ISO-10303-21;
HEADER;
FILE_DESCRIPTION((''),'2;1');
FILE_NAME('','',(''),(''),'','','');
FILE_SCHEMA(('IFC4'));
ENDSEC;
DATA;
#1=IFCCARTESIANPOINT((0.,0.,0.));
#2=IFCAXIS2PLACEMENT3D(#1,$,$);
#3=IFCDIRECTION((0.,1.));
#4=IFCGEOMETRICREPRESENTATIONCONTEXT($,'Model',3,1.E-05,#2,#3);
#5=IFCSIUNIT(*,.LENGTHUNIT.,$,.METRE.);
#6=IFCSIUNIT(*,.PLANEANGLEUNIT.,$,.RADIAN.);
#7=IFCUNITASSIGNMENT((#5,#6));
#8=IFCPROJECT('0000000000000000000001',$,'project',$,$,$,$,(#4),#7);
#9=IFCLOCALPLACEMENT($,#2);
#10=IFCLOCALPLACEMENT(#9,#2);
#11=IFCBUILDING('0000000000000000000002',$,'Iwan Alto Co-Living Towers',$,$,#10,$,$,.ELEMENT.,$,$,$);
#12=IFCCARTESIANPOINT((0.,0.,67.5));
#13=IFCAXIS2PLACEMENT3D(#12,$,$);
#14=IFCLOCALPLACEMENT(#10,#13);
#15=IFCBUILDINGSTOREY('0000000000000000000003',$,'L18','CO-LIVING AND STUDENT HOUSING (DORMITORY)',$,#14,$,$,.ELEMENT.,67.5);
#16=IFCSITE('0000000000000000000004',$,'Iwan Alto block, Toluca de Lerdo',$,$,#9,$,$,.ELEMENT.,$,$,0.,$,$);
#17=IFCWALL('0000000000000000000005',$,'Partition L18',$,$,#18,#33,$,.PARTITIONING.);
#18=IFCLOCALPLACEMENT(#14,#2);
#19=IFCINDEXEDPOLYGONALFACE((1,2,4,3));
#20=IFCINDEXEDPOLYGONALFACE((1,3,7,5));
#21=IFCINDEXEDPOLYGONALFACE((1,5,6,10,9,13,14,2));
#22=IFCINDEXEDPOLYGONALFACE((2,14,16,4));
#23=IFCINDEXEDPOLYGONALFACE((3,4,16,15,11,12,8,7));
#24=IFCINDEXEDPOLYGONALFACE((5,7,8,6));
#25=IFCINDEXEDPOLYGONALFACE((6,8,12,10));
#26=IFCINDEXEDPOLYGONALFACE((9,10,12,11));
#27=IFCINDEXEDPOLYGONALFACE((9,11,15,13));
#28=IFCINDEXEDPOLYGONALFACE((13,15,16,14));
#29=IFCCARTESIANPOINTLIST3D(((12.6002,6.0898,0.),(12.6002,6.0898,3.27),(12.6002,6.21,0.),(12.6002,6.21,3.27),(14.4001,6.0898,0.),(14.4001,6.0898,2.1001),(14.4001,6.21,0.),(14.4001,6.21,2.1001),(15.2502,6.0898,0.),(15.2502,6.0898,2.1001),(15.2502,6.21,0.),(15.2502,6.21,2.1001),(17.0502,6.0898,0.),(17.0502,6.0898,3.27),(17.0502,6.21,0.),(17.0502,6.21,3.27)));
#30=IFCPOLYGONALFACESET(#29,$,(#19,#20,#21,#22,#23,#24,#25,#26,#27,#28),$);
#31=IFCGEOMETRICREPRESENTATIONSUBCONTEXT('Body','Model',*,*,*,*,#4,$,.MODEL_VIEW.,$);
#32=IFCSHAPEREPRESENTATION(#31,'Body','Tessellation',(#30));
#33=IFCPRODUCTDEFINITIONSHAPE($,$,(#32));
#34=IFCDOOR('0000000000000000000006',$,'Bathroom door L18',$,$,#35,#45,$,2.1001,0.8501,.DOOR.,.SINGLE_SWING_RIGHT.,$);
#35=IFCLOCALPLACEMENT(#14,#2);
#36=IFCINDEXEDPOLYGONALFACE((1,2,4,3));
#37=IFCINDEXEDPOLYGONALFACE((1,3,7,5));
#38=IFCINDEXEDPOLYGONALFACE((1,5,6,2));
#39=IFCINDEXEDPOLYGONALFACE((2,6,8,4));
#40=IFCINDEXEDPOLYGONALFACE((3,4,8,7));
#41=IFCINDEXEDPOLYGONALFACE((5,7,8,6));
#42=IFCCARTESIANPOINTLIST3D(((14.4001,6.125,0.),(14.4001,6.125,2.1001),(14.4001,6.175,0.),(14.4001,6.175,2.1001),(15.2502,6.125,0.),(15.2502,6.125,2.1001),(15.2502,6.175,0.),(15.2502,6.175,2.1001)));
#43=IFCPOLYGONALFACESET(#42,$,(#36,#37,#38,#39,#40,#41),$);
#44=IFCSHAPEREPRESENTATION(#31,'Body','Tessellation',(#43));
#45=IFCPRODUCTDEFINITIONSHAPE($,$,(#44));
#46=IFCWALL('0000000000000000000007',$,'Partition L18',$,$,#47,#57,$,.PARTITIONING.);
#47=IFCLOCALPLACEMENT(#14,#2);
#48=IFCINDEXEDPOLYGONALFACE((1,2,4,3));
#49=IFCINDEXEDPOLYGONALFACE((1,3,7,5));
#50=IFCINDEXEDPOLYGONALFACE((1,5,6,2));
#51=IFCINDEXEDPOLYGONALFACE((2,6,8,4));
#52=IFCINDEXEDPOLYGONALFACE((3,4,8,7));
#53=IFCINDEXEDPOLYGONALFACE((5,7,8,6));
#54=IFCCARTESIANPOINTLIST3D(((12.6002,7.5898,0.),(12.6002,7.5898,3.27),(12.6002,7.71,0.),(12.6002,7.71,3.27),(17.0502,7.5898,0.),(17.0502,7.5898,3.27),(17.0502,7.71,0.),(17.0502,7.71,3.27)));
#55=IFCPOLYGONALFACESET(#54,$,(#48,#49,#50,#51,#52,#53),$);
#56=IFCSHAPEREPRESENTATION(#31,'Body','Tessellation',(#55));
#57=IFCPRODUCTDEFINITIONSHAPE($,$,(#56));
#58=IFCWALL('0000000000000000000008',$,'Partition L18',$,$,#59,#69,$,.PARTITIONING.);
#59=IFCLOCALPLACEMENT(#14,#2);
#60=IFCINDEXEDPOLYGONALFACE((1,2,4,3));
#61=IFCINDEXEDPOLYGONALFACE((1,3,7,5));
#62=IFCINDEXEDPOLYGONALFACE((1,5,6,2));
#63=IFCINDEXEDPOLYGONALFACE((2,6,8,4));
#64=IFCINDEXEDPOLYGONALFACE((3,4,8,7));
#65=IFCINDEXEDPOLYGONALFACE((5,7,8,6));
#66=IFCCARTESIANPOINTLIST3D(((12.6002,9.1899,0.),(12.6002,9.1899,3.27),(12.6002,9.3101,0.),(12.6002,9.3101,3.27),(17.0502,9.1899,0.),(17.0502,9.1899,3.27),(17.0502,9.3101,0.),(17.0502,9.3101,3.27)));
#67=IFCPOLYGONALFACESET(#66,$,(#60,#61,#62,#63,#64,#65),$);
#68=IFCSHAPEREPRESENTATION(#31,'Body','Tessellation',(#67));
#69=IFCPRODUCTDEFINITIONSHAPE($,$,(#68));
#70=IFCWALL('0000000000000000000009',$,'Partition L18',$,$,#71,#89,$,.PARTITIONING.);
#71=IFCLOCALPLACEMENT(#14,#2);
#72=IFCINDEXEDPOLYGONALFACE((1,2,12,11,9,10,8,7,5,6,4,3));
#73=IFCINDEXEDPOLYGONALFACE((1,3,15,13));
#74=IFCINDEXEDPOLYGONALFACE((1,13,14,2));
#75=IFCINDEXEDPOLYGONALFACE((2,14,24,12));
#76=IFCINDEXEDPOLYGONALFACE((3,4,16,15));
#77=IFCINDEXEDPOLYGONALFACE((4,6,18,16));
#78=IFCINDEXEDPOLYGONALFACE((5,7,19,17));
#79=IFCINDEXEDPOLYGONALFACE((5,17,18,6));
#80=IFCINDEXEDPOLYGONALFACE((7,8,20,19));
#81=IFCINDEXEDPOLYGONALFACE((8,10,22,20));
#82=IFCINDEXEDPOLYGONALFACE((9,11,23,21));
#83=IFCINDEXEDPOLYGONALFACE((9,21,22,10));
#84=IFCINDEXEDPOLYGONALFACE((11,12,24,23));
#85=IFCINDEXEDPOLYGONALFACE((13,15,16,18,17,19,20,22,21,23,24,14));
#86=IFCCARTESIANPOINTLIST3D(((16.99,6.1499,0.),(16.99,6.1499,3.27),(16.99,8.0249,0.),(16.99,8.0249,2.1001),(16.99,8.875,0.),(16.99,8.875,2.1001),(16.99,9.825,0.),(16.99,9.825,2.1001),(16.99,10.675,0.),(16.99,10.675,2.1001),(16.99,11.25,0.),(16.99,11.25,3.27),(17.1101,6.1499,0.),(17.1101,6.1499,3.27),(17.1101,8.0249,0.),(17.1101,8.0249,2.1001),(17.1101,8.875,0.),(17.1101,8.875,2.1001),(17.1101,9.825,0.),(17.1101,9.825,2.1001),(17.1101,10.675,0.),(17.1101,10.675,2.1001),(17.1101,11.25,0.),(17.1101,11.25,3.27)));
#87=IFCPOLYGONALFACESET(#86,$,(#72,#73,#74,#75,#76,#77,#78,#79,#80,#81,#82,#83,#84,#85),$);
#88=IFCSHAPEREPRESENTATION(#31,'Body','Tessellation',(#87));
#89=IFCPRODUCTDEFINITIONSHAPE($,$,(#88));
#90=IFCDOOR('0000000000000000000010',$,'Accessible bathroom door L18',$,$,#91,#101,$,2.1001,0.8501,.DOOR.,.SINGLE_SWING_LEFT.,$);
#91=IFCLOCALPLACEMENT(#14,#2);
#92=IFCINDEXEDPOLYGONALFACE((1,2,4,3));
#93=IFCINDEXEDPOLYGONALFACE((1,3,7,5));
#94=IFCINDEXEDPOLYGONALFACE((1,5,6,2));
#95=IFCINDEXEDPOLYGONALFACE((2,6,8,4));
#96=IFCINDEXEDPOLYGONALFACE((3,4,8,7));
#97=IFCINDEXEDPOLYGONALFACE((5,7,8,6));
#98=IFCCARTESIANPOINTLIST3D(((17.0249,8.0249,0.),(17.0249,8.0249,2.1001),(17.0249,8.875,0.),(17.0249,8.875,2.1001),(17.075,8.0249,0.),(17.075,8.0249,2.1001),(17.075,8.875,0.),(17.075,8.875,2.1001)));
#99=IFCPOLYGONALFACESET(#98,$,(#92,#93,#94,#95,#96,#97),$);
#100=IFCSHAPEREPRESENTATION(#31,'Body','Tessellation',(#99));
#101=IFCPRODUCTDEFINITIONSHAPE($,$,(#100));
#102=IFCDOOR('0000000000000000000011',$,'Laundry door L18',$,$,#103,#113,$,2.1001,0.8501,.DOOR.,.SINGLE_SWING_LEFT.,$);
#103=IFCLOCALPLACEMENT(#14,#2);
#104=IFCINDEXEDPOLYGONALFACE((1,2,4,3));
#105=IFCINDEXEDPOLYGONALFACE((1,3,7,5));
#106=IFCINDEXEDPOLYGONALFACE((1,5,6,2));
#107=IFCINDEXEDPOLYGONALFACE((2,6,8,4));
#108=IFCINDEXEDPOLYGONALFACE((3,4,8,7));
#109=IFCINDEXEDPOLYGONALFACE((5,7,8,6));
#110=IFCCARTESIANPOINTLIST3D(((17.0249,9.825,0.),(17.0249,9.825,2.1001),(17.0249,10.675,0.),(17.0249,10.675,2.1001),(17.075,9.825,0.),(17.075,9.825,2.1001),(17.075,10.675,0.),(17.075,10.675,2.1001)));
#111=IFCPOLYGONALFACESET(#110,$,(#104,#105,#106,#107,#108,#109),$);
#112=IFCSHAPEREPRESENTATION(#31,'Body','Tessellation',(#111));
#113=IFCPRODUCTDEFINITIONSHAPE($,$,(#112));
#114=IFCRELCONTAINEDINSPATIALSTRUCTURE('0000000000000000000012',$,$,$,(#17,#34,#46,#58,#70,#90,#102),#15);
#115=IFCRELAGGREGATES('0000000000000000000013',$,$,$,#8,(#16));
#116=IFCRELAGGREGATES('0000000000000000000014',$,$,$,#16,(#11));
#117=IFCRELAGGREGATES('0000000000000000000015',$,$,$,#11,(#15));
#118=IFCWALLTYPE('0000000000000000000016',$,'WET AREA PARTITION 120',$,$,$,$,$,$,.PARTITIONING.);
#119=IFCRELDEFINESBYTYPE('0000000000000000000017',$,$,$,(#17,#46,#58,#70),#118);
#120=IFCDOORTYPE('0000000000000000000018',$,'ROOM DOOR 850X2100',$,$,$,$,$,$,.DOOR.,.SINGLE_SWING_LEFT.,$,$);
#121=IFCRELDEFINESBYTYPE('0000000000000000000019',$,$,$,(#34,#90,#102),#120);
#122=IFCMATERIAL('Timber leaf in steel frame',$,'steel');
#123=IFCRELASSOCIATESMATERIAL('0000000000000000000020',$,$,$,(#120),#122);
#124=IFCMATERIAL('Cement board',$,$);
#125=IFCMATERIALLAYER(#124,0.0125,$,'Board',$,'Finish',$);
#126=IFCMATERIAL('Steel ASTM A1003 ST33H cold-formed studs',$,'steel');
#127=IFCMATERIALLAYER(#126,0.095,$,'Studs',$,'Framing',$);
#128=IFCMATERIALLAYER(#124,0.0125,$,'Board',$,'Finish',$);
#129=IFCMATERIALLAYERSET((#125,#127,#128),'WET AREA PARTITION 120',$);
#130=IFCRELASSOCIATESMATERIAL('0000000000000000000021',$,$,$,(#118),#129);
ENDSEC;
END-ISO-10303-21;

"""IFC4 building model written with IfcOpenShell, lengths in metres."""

from ifc_helpers import new_model, si_unit, direction, frame, frame_2d, origin, place, context, subcontext, project, spatial, rectangle, extrude, material, layer, layer_set, type_object, element, fill, save


model = new_model("IFC4")

# Units and contexts
model_context = context("Model", 3, precision=1e-05, world=origin(), true_north=direction((0.0, 1.0)))
body_context = subcontext(model_context, "Body", "Model", "MODEL_VIEW")
ifc_project = project(units=[si_unit("LENGTHUNIT", "METRE"), si_unit("PLANEANGLEUNIT", "RADIAN")], contexts=[model_context])

# Site, building, storey
site_placement = place(None, origin())
site = spatial("IfcSite", under=ifc_project, at=site_placement, Name="Iwan Alto block, Toluca de Lerdo", CompositionType="ELEMENT", RefElevation=0.0)
building_placement = place(site_placement, origin())
building = spatial("IfcBuilding", under=site, at=building_placement, Name="Iwan Alto Co-Living Towers", CompositionType="ELEMENT")
storey_placement = place(building_placement, frame((0.0, 0.0, 67.5)))
storey = spatial("IfcBuildingStorey", under=building, at=storey_placement, Name="L18", Description="CO-LIVING AND STUDENT HOUSING (DORMITORY)", CompositionType="ELEMENT", Elevation=67.5)

# Shared definitions
ifc_material_1 = material(Name="Steel ASTM A1003 ST33H cold-formed studs", Category="steel")

# Shared definitions
ifc_material_2 = material(Name="Timber leaf in steel frame", Category="steel")
door_type = type_object("IfcDoorType", Name="ROOM DOOR 850X2100", OperationType="SINGLE_SWING_LEFT", PredefinedType="DOOR", material=ifc_material_2)

# Wall, opening, door
ifc_material_3 = material(Name="Cement board")
ifc_layer_1 = layer(ifc_material_3, 0.0125, Name="Board", Category="Finish")
ifc_layer_2 = layer(ifc_material_1, 0.095, Name="Studs", Category="Framing")
ifc_layer_3 = layer(ifc_material_3, 0.0125, Name="Board", Category="Finish")
ifc_layer_set_1 = layer_set([ifc_layer_1, ifc_layer_2, ifc_layer_3], Name="WET AREA PARTITION 120")
wall_type_1 = type_object("IfcWallType", Name="WET AREA PARTITION 120", PredefinedType="PARTITIONING", material=ifc_layer_set_1)
wall_1_placement = place(storey_placement, frame((12.6001, 6.1499, 0.0), z_axis=(0.0, 0.0, 1.0), x_axis=(1.0, 0.0, 0.0)))
wall_1 = element("IfcWall", 1, at=wall_1_placement, inside=storey, type_object=wall_type_1, Name="Partition L18", PredefinedType="PARTITIONING", context=body_context, shape_type="SweptSolid", body=[
    extrude(rectangle(XDim=4.45, YDim=0.1201, at=frame_2d((2.2251, 0.0))), origin(), (0.0, 0.0, 1.0), 3.27),
])
opening_1_placement = place(wall_1_placement, frame((1.8, 0.0, 0.0)))
opening_1 = element("IfcOpeningElement", 2, at=opening_1_placement, cuts=wall_1, PredefinedType="OPENING", context=body_context, shape_type="SweptSolid", body=[
    extrude(rectangle(XDim=0.8501, YDim=2.1001, at=frame_2d((0.425, 1.05))), frame((0.0, 0.0701, 0.0), z_axis=(0.0, -1.0, 0.0), x_axis=(1.0, 0.0, 0.0)), (0.0, 0.0, 1.0), 0.1401),
])
door_1_placement = place(opening_1_placement, frame((0.8501, 0.0, 0.0), z_axis=(0.0, 0.0, 1.0), x_axis=(-1.0, 0.0, 0.0)))
door_1 = element("IfcDoor", 3, at=door_1_placement, inside=storey, type_object=door_type, Name="Bathroom door L18", OperationType="SINGLE_SWING_RIGHT", OverallHeight=2.1001, OverallWidth=0.8501, PredefinedType="DOOR", context=body_context, shape_type="SweptSolid", body=[
    extrude(rectangle(XDim=0.8501, YDim=2.1001, at=frame_2d((0.425, 1.05))), frame((0.0, 0.0249, 0.0), z_axis=(0.0, -1.0, 0.0), x_axis=(1.0, 0.0, 0.0)), (0.0, 0.0, 1.0), 0.05),
])
fill(opening_1, door_1)

# Walls
for number, where, z_axis, x_axis, name in (
    (4, (12.6001, 7.6499, 0.0), (0.0, 0.0, 1.0), (1.0, 0.0, 0.0), "Partition L18"),
    (5, (12.6001, 9.25, 0.0), (0.0, 0.0, 1.0), (1.0, 0.0, 0.0), "Partition L18"),
):
    element("IfcWall", number, at=place(storey_placement, frame(where, z_axis=z_axis, x_axis=x_axis)), inside=storey, type_object=wall_type_1, Name=name, PredefinedType="PARTITIONING", context=body_context, shape_type="SweptSolid", body=[
        extrude(rectangle(XDim=4.45, YDim=0.1201, at=frame_2d((2.2251, 0.0))), origin(), (0.0, 0.0, 1.0), 3.27),
    ])

# Wall, openings, doors
wall_2_placement = place(storey_placement, frame((17.05, 6.1499, 0.0), z_axis=(0.0, 0.0, 1.0), x_axis=(0.0, 1.0, 0.0)))
wall_2 = element("IfcWall", 6, at=wall_2_placement, inside=storey, type_object=wall_type_1, Name="Partition L18", PredefinedType="PARTITIONING", context=body_context, shape_type="SweptSolid", body=[
    extrude(rectangle(XDim=5.1001, YDim=0.1201, at=frame_2d((2.55, 0.0))), origin(), (0.0, 0.0, 1.0), 3.27),
])
opening_2_placement = place(wall_2_placement, frame((1.875, 0.0, 0.0)))
opening_2 = element("IfcOpeningElement", 7, at=opening_2_placement, cuts=wall_2, PredefinedType="OPENING", context=body_context, shape_type="SweptSolid", body=[
    extrude(rectangle(XDim=0.8501, YDim=2.1001, at=frame_2d((0.425, 1.05))), frame((0.0, 0.0701, 0.0), z_axis=(0.0, -1.0, 0.0), x_axis=(1.0, 0.0, 0.0)), (0.0, 0.0, 1.0), 0.1401),
])
opening_3_placement = place(wall_2_placement, frame((3.675, 0.0, 0.0)))
opening_3 = element("IfcOpeningElement", 8, at=opening_3_placement, cuts=wall_2, PredefinedType="OPENING", context=body_context, shape_type="SweptSolid", body=[
    extrude(rectangle(XDim=0.8501, YDim=2.1001, at=frame_2d((0.425, 1.05))), frame((0.0, 0.0701, 0.0), z_axis=(0.0, -1.0, 0.0), x_axis=(1.0, 0.0, 0.0)), (0.0, 0.0, 1.0), 0.1401),
])
door_2_placement = place(opening_2_placement, frame((0.8501, 0.0, 0.0), z_axis=(0.0, 0.0, 1.0), x_axis=(-1.0, 0.0, 0.0)))
door_2 = element("IfcDoor", 9, at=door_2_placement, inside=storey, type_object=door_type, Name="Accessible bathroom door L18", OperationType="SINGLE_SWING_LEFT", OverallHeight=2.1001, OverallWidth=0.8501, PredefinedType="DOOR", context=body_context, shape_type="SweptSolid", body=[
    extrude(rectangle(XDim=0.8501, YDim=2.1001, at=frame_2d((0.425, 1.05))), frame((0.0, 0.0249, 0.0), z_axis=(0.0, -1.0, 0.0), x_axis=(1.0, 0.0, 0.0)), (0.0, 0.0, 1.0), 0.05),
])
fill(opening_2, door_2)
door_3_placement = place(opening_3_placement, frame((0.8501, 0.0, 0.0), z_axis=(0.0, 0.0, 1.0), x_axis=(-1.0, 0.0, 0.0)))
door_3 = element("IfcDoor", 10, at=door_3_placement, inside=storey, type_object=door_type, Name="Laundry door L18", OperationType="SINGLE_SWING_LEFT", OverallHeight=2.1001, OverallWidth=0.8501, PredefinedType="DOOR", context=body_context, shape_type="SweptSolid", body=[
    extrude(rectangle(XDim=0.8501, YDim=2.1001, at=frame_2d((0.425, 1.05))), frame((0.0, 0.0249, 0.0), z_axis=(0.0, -1.0, 0.0), x_axis=(1.0, 0.0, 0.0)), (0.0, 0.0, 1.0), 0.05),
])
fill(opening_3, door_3)

save(model, "model.ifc")
